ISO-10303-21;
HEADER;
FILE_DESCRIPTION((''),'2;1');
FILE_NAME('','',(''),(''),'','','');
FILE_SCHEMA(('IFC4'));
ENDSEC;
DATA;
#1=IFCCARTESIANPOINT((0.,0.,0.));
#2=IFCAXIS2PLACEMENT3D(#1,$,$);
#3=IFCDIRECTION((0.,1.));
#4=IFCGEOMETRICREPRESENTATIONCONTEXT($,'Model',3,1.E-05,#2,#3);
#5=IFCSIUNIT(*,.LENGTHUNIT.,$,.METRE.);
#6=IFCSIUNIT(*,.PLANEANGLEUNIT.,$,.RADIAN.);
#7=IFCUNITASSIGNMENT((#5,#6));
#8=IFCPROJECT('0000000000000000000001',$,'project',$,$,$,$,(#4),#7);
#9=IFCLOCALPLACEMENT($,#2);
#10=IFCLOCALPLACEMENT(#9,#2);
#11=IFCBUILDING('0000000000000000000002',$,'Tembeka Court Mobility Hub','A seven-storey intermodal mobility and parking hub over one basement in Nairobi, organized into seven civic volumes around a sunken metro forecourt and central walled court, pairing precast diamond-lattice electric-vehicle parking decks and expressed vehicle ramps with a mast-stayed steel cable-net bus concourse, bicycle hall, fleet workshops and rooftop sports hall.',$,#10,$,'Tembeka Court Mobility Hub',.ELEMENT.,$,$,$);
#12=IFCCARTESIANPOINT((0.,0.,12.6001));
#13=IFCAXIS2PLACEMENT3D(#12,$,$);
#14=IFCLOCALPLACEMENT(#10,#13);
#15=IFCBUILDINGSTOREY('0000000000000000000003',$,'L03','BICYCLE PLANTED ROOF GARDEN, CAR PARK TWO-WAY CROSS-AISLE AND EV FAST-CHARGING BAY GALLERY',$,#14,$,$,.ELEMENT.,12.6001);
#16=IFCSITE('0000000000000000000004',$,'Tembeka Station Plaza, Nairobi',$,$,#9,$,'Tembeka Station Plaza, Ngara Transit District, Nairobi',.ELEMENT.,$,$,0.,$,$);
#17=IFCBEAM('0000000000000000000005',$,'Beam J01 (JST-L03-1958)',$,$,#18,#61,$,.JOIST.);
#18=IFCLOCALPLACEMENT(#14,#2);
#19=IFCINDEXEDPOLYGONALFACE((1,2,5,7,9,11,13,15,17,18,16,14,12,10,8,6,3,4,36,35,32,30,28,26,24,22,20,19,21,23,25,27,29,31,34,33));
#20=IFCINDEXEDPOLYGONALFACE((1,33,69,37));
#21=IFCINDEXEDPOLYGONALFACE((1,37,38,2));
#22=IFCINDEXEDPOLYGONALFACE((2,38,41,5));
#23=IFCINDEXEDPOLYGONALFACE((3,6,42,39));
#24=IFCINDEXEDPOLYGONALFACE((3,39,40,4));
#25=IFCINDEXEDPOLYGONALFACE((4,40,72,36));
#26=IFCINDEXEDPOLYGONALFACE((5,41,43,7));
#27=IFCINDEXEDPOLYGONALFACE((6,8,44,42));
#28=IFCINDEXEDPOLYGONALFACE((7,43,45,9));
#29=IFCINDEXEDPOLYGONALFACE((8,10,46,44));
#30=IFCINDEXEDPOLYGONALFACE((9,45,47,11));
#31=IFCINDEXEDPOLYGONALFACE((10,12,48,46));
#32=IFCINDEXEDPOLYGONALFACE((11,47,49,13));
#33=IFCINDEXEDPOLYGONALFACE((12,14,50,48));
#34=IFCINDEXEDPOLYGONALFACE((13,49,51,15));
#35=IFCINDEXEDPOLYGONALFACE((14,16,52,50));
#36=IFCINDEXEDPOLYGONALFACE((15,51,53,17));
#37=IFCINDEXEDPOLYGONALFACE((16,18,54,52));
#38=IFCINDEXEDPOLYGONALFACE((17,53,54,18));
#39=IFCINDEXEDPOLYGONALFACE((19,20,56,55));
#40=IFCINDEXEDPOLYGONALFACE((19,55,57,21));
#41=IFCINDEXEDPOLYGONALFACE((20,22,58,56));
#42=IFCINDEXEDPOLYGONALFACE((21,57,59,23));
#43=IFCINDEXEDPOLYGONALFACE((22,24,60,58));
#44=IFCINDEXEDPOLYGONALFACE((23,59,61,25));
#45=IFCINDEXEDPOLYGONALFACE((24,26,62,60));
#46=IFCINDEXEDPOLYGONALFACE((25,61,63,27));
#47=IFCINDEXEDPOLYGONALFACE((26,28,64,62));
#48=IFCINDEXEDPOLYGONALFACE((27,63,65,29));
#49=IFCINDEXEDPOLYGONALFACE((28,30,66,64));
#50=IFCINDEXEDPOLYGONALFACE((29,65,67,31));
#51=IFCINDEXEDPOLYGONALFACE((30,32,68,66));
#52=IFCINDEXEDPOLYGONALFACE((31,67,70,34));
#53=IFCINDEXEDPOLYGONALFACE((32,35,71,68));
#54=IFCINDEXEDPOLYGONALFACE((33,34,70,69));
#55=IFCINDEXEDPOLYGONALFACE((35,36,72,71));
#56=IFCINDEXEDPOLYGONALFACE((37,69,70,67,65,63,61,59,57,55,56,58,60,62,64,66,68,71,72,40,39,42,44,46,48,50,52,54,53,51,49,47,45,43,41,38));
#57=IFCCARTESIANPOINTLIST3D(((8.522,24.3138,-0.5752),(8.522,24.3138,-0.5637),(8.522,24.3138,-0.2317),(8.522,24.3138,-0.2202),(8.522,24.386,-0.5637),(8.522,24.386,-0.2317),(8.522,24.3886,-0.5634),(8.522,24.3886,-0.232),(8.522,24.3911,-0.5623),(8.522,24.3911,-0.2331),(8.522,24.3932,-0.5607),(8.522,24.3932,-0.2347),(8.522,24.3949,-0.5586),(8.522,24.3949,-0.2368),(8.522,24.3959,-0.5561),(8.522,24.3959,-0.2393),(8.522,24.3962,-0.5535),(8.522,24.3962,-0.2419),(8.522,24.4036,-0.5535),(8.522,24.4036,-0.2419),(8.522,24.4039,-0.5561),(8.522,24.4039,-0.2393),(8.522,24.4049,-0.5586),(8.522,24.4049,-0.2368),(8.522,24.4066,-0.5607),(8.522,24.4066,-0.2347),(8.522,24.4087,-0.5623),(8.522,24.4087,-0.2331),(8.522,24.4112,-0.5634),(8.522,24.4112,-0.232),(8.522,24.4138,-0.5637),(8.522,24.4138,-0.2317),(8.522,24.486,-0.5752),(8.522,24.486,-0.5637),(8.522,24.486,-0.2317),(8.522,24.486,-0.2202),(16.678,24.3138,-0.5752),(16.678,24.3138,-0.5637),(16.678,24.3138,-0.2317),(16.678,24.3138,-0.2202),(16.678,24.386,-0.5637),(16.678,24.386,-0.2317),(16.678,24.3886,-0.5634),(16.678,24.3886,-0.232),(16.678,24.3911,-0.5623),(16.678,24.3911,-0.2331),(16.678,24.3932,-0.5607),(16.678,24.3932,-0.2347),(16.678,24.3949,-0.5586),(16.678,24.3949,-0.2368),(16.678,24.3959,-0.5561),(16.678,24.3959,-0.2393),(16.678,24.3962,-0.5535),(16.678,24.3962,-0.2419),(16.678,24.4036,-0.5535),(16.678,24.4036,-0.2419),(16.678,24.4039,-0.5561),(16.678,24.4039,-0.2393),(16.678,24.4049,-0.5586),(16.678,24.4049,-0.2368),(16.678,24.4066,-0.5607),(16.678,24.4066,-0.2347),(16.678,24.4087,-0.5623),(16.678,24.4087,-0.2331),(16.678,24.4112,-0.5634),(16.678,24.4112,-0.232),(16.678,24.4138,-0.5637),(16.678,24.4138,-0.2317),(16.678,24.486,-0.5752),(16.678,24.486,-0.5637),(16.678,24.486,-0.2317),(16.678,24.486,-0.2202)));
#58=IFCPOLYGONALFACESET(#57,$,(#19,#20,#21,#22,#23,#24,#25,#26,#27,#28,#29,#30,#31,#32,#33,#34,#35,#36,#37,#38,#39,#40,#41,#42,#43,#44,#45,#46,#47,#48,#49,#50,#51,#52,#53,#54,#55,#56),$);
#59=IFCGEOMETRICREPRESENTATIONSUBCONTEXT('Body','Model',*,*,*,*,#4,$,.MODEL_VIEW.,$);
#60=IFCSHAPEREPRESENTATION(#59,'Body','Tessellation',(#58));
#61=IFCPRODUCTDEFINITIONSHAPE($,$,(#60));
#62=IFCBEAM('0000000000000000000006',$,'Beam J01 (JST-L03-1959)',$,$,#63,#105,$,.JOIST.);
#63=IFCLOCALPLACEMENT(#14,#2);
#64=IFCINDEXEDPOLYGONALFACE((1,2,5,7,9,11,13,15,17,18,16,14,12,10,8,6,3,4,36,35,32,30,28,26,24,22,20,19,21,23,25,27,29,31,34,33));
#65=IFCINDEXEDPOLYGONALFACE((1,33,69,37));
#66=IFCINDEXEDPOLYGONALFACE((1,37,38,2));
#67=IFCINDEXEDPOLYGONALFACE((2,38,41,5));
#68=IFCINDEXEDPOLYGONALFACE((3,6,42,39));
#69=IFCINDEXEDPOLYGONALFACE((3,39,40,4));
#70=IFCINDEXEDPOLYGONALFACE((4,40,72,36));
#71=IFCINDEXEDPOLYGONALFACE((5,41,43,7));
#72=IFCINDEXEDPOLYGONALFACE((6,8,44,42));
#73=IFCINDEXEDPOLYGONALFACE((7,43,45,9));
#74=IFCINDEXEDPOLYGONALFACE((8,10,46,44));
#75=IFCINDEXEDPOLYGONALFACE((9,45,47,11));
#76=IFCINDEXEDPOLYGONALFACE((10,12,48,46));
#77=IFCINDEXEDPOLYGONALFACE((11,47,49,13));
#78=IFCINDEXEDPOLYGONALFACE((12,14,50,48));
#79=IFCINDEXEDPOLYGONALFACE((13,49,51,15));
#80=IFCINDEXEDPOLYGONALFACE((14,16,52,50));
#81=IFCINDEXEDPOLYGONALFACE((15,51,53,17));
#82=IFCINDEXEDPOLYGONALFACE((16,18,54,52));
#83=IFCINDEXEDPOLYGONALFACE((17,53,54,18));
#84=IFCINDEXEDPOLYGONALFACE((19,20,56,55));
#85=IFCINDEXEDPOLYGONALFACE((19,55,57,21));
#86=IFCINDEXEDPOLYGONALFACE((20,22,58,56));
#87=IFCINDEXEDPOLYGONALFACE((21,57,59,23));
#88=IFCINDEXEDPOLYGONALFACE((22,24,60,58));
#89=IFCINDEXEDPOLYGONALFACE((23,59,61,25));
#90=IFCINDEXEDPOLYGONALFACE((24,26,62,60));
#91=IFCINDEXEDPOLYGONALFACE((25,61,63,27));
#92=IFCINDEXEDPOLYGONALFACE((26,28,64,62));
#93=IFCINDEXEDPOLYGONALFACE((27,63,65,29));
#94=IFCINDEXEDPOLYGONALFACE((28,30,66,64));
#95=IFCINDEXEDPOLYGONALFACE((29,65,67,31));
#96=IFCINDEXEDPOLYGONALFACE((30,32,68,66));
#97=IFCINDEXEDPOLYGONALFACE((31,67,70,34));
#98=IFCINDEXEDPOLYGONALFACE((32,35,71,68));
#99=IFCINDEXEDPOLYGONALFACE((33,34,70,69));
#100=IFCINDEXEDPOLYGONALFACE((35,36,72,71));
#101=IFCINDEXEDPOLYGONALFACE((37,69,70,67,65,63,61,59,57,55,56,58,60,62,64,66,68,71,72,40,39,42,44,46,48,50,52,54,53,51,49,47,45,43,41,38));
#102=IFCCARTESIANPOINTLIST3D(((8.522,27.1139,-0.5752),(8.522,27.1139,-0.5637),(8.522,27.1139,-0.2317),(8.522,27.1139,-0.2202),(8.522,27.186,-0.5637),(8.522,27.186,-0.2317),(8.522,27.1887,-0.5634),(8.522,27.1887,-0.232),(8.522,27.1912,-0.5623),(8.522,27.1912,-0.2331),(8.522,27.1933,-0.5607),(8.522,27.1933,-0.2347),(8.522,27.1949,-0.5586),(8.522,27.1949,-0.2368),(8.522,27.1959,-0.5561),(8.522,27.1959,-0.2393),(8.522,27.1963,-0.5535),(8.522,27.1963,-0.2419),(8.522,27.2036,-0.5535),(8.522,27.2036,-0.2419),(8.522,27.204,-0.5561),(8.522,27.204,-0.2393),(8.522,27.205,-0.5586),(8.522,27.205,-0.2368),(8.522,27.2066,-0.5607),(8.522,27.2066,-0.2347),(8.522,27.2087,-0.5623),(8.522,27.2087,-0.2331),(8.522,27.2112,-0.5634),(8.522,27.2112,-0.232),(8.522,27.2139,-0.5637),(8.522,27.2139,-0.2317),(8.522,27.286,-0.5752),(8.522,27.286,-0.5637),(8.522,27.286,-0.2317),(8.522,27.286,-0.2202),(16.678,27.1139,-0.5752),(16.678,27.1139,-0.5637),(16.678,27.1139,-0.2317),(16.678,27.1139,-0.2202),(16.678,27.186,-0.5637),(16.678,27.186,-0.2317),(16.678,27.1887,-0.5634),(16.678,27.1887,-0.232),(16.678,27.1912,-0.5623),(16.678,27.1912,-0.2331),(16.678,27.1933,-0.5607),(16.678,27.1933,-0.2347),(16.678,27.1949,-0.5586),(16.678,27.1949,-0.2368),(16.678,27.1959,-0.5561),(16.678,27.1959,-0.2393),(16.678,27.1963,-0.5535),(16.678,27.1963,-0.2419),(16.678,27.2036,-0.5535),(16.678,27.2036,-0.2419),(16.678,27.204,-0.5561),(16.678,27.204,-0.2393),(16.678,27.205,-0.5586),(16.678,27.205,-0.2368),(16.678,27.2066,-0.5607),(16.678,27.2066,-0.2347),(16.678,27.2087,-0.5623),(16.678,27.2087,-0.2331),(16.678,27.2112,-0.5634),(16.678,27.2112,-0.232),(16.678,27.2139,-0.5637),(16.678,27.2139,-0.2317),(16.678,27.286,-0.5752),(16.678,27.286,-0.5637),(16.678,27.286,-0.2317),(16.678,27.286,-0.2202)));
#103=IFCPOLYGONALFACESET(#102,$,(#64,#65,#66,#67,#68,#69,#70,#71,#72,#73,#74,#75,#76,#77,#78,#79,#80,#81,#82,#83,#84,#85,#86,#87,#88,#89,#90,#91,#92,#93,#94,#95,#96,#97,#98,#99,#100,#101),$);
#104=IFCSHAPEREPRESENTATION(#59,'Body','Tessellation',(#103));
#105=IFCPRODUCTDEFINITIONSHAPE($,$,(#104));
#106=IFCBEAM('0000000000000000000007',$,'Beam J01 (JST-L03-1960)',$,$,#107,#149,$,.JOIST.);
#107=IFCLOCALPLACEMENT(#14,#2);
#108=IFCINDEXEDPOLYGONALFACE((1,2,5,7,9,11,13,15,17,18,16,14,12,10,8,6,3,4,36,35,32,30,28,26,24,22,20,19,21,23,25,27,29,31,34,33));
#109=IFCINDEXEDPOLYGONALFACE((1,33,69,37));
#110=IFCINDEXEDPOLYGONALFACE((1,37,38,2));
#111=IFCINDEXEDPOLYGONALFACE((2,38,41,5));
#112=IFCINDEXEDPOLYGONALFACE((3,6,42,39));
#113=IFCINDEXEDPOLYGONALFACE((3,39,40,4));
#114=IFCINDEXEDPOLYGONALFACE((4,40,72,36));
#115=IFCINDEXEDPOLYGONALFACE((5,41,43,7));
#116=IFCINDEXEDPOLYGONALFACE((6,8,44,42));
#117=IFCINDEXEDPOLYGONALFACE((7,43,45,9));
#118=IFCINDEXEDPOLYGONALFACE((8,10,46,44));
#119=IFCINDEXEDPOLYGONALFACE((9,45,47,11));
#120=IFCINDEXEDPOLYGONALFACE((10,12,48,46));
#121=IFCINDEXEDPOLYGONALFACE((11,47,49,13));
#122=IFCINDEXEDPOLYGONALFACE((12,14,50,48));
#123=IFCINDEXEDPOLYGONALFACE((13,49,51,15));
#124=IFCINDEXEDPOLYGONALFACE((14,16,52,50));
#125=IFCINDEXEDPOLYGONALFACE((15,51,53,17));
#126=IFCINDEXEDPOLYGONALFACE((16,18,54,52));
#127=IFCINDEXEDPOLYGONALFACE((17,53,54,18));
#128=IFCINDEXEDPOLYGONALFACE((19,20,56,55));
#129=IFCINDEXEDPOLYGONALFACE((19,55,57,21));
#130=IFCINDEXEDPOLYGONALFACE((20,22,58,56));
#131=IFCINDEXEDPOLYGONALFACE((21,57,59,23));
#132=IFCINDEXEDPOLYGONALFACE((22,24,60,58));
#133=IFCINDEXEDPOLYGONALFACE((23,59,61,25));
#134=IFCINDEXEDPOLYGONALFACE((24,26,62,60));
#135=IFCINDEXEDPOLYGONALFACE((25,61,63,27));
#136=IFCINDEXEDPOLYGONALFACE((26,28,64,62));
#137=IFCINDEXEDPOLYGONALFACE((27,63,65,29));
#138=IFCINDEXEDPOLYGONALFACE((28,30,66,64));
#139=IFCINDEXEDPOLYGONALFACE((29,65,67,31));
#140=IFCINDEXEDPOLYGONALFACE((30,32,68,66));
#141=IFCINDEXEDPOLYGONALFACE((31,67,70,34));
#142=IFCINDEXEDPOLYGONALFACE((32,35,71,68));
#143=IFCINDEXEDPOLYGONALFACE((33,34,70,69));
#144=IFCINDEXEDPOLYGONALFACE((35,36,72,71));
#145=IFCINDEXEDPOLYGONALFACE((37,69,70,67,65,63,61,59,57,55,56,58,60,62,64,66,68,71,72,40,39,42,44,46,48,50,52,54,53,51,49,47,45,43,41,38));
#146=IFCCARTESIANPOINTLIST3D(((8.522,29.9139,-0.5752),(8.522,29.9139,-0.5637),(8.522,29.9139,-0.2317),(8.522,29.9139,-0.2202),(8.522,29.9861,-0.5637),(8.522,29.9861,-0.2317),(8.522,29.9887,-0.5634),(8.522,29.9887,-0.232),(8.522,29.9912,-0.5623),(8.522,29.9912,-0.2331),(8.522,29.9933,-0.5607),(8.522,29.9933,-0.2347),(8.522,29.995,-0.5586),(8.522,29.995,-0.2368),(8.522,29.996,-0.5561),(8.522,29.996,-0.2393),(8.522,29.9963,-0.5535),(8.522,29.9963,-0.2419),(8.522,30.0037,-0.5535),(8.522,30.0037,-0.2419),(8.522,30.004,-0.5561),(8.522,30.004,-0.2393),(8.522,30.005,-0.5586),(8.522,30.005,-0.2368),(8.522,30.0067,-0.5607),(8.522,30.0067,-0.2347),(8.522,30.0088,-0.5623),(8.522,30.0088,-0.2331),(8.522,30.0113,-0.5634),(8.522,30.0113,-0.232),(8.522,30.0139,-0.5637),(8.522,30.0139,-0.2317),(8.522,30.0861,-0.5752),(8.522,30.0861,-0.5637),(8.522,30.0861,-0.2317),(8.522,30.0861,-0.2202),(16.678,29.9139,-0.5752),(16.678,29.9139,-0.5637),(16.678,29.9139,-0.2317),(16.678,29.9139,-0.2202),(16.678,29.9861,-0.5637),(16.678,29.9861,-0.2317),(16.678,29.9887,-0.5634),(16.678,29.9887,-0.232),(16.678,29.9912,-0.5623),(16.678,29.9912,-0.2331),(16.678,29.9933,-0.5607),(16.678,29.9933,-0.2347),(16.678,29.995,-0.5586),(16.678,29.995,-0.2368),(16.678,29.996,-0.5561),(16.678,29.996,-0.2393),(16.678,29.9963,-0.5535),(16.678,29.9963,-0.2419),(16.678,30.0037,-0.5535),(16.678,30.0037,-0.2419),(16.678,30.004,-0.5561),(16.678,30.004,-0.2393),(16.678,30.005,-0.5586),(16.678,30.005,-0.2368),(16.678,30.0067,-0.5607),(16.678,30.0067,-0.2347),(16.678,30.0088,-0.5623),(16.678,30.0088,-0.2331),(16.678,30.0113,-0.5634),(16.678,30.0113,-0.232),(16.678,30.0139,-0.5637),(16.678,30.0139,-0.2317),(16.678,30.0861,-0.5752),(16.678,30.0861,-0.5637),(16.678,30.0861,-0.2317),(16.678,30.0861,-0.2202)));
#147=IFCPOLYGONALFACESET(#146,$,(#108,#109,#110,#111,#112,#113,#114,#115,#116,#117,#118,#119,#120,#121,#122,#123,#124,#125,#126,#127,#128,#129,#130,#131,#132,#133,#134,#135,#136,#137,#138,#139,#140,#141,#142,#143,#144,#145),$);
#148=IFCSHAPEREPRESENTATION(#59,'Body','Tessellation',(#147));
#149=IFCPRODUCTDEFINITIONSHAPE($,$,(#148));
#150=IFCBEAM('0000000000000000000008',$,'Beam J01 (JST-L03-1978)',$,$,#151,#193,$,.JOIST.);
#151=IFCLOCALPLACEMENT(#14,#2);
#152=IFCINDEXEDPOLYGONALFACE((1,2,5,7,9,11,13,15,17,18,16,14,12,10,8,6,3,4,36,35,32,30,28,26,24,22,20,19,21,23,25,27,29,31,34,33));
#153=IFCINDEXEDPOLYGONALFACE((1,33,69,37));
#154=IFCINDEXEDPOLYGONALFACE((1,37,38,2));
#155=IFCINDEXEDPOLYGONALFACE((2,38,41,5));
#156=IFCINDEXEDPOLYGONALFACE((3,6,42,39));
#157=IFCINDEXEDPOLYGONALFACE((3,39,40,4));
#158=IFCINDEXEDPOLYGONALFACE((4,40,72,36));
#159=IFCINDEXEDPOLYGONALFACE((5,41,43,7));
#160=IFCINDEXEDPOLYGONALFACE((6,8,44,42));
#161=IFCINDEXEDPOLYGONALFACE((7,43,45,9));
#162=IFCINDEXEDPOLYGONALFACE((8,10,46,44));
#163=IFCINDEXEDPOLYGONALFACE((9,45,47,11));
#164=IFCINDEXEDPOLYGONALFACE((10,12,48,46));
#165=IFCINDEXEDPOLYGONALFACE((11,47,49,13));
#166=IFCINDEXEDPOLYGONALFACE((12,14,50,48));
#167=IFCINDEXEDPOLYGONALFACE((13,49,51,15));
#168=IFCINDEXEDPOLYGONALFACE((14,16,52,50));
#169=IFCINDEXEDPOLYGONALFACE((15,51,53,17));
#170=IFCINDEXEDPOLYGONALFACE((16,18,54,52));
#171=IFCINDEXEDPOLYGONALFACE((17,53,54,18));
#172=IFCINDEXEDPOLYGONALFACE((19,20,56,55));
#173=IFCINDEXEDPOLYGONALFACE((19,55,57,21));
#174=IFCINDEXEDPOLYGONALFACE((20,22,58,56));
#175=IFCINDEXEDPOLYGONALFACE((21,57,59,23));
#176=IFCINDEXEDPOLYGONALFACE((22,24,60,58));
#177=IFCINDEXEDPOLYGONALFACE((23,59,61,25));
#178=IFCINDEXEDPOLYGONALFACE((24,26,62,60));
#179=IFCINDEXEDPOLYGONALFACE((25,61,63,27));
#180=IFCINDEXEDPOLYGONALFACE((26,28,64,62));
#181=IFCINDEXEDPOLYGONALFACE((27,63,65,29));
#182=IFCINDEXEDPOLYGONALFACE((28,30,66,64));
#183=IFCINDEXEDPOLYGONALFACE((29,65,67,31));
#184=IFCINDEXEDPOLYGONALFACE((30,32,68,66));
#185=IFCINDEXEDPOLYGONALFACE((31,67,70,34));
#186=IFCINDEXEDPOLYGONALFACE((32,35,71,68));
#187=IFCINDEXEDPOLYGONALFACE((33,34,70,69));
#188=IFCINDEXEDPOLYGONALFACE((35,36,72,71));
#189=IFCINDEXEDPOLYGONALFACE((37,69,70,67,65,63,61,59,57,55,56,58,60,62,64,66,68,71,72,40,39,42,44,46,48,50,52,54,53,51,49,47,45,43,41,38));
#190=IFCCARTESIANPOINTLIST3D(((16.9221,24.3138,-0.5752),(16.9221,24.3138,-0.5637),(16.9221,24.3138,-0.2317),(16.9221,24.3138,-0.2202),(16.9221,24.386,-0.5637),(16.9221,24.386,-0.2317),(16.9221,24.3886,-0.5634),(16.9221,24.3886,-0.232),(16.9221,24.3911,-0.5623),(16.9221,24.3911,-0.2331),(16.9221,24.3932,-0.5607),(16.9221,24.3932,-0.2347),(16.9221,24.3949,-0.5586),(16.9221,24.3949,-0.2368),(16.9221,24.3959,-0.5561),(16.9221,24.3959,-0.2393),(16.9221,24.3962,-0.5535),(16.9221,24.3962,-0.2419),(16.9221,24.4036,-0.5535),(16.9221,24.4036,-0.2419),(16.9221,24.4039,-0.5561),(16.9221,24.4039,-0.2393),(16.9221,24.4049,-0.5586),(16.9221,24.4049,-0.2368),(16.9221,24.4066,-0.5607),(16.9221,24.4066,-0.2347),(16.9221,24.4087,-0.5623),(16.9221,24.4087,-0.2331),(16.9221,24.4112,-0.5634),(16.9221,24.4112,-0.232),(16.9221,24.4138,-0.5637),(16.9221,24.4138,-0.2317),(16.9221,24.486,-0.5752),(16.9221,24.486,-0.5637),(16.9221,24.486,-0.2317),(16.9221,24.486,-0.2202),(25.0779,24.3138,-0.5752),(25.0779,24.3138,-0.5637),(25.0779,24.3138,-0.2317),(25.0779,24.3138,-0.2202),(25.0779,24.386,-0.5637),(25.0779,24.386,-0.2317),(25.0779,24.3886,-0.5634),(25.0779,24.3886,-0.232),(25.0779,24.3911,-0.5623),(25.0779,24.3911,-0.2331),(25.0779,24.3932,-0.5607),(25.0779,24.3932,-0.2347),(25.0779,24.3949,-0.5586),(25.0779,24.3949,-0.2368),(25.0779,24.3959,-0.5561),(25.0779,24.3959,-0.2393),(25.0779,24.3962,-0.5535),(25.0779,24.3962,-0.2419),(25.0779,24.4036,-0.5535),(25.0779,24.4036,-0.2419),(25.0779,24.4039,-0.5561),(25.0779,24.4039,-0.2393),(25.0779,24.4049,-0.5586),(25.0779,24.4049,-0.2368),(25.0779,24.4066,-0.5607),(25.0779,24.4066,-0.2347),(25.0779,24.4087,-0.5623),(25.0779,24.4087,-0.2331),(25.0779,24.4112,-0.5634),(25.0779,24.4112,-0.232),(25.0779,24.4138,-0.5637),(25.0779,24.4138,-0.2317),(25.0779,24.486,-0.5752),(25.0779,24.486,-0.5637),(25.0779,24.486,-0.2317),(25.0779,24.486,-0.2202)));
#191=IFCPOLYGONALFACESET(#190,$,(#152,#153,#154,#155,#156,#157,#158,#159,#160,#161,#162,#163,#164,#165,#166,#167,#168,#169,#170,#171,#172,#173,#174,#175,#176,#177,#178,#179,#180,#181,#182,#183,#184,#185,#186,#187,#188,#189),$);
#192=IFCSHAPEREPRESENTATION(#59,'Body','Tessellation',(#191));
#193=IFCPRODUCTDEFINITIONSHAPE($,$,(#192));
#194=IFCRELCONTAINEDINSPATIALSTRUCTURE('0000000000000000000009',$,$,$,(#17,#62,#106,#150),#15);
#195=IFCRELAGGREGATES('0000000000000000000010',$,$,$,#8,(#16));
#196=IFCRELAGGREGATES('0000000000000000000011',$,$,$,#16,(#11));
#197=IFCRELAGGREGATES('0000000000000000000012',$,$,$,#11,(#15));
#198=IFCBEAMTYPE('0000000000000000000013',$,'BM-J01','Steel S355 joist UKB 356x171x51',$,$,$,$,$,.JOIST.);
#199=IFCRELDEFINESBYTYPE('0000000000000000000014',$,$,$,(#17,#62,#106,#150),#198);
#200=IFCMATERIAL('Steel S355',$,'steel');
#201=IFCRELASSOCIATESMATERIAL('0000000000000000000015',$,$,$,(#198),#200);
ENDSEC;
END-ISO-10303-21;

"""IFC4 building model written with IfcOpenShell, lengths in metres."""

from ifc_helpers import new_model, si_unit, direction, frame, origin, origin_2d, place, context, subcontext, project, spatial, i_section, extrude, material, material_profile, profile_set, type_object, element, save


model = new_model("IFC4")

# Units and contexts
model_context = context("Model", 3, precision=1e-05, world=origin(), true_north=direction((0.0, 1.0)))
body_context = subcontext(model_context, "Body", "Model", "MODEL_VIEW")
ifc_project = project(units=[si_unit("LENGTHUNIT", "METRE"), si_unit("PLANEANGLEUNIT", "RADIAN")], contexts=[model_context])

# Site, building, storey
site_placement = place(None, origin())
site = spatial("IfcSite", under=ifc_project, at=site_placement, Name="Tembeka Station Plaza, Nairobi", LongName="Tembeka Station Plaza, Ngara Transit District, Nairobi", CompositionType="ELEMENT", RefElevation=0.0)
building_placement = place(site_placement, origin())
building = spatial("IfcBuilding", under=site, at=building_placement, Name="Tembeka Court Mobility Hub", Description="A seven-storey intermodal mobility and parking hub over one basement in Nairobi, organized into seven civic volumes around a sunken metro forecourt and central walled court, pairing precast diamond-lattice electric-vehicle parking decks and expressed vehicle ramps with a mast-stayed steel cable-net bus concourse, bicycle hall, fleet workshops and rooftop sports hall.", LongName="Tembeka Court Mobility Hub", CompositionType="ELEMENT")
storey_placement = place(building_placement, frame((0.0, 0.0, 12.6001)))
storey = spatial("IfcBuildingStorey", under=building, at=storey_placement, Name="L03", Description="BICYCLE PLANTED ROOF GARDEN, CAR PARK TWO-WAY CROSS-AISLE AND EV FAST-CHARGING BAY GALLERY", CompositionType="ELEMENT", Elevation=12.6001)

# Shared definitions
ifc_material_1 = material(Name="Steel S355", Category="steel")

# Beams
ifc_material_profile_1 = material_profile(ifc_material_1, i_section(OverallWidth=0.1721, OverallDepth=0.355, WebThickness=0.0073, FlangeThickness=0.0115, FilletRadius=0.0103, at=origin_2d()), Name="UKB 356x171x51")
ifc_profile_set_1 = profile_set([ifc_material_profile_1], Name="Steel S355")
beam_type_1 = type_object("IfcBeamType", Name="BM-J01", Description="Steel S355 joist UKB 356x171x51", PredefinedType="JOIST", material=ifc_profile_set_1)
for number, where, z_axis, x_axis, name in (
    (1, (8.522, 24.3999, -0.3977), (1.0, 0.0, 0.0), (0.0, 1.0, 0.0), "Beam J01 (JST-L03-1958)"),
    (2, (8.522, 27.2, -0.3977), (1.0, 0.0, 0.0), (0.0, 1.0, 0.0), "Beam J01 (JST-L03-1959)"),
    (3, (8.522, 30.0, -0.3977), (1.0, 0.0, 0.0), (0.0, 1.0, 0.0), "Beam J01 (JST-L03-1960)"),
):
    element("IfcBeam", number, at=place(storey_placement, frame(where, z_axis=z_axis, x_axis=x_axis)), inside=storey, type_object=beam_type_1, Name=name, PredefinedType="JOIST", context=body_context, shape_type="SweptSolid", body=[
        extrude(i_section(OverallWidth=0.1721, OverallDepth=0.355, WebThickness=0.0073, FlangeThickness=0.0115, FilletRadius=0.0103, at=origin_2d()), origin(), (0.0, 0.0, 1.0), 8.156),
    ])
for number, where, z_axis, x_axis, name in (
    (4, (16.9221, 24.3999, -0.3977), (1.0, 0.0, 0.0), (0.0, 1.0, 0.0), "Beam J01 (JST-L03-1978)"),
):
    element("IfcBeam", number, at=place(storey_placement, frame(where, z_axis=z_axis, x_axis=x_axis)), inside=storey, type_object=beam_type_1, Name=name, PredefinedType="JOIST", context=body_context, shape_type="SweptSolid", body=[
        extrude(i_section(OverallWidth=0.1721, OverallDepth=0.355, WebThickness=0.0073, FlangeThickness=0.0115, FilletRadius=0.0103, at=origin_2d()), origin(), (0.0, 0.0, 1.0), 8.1558),
    ])

save(model, "model.ifc")
